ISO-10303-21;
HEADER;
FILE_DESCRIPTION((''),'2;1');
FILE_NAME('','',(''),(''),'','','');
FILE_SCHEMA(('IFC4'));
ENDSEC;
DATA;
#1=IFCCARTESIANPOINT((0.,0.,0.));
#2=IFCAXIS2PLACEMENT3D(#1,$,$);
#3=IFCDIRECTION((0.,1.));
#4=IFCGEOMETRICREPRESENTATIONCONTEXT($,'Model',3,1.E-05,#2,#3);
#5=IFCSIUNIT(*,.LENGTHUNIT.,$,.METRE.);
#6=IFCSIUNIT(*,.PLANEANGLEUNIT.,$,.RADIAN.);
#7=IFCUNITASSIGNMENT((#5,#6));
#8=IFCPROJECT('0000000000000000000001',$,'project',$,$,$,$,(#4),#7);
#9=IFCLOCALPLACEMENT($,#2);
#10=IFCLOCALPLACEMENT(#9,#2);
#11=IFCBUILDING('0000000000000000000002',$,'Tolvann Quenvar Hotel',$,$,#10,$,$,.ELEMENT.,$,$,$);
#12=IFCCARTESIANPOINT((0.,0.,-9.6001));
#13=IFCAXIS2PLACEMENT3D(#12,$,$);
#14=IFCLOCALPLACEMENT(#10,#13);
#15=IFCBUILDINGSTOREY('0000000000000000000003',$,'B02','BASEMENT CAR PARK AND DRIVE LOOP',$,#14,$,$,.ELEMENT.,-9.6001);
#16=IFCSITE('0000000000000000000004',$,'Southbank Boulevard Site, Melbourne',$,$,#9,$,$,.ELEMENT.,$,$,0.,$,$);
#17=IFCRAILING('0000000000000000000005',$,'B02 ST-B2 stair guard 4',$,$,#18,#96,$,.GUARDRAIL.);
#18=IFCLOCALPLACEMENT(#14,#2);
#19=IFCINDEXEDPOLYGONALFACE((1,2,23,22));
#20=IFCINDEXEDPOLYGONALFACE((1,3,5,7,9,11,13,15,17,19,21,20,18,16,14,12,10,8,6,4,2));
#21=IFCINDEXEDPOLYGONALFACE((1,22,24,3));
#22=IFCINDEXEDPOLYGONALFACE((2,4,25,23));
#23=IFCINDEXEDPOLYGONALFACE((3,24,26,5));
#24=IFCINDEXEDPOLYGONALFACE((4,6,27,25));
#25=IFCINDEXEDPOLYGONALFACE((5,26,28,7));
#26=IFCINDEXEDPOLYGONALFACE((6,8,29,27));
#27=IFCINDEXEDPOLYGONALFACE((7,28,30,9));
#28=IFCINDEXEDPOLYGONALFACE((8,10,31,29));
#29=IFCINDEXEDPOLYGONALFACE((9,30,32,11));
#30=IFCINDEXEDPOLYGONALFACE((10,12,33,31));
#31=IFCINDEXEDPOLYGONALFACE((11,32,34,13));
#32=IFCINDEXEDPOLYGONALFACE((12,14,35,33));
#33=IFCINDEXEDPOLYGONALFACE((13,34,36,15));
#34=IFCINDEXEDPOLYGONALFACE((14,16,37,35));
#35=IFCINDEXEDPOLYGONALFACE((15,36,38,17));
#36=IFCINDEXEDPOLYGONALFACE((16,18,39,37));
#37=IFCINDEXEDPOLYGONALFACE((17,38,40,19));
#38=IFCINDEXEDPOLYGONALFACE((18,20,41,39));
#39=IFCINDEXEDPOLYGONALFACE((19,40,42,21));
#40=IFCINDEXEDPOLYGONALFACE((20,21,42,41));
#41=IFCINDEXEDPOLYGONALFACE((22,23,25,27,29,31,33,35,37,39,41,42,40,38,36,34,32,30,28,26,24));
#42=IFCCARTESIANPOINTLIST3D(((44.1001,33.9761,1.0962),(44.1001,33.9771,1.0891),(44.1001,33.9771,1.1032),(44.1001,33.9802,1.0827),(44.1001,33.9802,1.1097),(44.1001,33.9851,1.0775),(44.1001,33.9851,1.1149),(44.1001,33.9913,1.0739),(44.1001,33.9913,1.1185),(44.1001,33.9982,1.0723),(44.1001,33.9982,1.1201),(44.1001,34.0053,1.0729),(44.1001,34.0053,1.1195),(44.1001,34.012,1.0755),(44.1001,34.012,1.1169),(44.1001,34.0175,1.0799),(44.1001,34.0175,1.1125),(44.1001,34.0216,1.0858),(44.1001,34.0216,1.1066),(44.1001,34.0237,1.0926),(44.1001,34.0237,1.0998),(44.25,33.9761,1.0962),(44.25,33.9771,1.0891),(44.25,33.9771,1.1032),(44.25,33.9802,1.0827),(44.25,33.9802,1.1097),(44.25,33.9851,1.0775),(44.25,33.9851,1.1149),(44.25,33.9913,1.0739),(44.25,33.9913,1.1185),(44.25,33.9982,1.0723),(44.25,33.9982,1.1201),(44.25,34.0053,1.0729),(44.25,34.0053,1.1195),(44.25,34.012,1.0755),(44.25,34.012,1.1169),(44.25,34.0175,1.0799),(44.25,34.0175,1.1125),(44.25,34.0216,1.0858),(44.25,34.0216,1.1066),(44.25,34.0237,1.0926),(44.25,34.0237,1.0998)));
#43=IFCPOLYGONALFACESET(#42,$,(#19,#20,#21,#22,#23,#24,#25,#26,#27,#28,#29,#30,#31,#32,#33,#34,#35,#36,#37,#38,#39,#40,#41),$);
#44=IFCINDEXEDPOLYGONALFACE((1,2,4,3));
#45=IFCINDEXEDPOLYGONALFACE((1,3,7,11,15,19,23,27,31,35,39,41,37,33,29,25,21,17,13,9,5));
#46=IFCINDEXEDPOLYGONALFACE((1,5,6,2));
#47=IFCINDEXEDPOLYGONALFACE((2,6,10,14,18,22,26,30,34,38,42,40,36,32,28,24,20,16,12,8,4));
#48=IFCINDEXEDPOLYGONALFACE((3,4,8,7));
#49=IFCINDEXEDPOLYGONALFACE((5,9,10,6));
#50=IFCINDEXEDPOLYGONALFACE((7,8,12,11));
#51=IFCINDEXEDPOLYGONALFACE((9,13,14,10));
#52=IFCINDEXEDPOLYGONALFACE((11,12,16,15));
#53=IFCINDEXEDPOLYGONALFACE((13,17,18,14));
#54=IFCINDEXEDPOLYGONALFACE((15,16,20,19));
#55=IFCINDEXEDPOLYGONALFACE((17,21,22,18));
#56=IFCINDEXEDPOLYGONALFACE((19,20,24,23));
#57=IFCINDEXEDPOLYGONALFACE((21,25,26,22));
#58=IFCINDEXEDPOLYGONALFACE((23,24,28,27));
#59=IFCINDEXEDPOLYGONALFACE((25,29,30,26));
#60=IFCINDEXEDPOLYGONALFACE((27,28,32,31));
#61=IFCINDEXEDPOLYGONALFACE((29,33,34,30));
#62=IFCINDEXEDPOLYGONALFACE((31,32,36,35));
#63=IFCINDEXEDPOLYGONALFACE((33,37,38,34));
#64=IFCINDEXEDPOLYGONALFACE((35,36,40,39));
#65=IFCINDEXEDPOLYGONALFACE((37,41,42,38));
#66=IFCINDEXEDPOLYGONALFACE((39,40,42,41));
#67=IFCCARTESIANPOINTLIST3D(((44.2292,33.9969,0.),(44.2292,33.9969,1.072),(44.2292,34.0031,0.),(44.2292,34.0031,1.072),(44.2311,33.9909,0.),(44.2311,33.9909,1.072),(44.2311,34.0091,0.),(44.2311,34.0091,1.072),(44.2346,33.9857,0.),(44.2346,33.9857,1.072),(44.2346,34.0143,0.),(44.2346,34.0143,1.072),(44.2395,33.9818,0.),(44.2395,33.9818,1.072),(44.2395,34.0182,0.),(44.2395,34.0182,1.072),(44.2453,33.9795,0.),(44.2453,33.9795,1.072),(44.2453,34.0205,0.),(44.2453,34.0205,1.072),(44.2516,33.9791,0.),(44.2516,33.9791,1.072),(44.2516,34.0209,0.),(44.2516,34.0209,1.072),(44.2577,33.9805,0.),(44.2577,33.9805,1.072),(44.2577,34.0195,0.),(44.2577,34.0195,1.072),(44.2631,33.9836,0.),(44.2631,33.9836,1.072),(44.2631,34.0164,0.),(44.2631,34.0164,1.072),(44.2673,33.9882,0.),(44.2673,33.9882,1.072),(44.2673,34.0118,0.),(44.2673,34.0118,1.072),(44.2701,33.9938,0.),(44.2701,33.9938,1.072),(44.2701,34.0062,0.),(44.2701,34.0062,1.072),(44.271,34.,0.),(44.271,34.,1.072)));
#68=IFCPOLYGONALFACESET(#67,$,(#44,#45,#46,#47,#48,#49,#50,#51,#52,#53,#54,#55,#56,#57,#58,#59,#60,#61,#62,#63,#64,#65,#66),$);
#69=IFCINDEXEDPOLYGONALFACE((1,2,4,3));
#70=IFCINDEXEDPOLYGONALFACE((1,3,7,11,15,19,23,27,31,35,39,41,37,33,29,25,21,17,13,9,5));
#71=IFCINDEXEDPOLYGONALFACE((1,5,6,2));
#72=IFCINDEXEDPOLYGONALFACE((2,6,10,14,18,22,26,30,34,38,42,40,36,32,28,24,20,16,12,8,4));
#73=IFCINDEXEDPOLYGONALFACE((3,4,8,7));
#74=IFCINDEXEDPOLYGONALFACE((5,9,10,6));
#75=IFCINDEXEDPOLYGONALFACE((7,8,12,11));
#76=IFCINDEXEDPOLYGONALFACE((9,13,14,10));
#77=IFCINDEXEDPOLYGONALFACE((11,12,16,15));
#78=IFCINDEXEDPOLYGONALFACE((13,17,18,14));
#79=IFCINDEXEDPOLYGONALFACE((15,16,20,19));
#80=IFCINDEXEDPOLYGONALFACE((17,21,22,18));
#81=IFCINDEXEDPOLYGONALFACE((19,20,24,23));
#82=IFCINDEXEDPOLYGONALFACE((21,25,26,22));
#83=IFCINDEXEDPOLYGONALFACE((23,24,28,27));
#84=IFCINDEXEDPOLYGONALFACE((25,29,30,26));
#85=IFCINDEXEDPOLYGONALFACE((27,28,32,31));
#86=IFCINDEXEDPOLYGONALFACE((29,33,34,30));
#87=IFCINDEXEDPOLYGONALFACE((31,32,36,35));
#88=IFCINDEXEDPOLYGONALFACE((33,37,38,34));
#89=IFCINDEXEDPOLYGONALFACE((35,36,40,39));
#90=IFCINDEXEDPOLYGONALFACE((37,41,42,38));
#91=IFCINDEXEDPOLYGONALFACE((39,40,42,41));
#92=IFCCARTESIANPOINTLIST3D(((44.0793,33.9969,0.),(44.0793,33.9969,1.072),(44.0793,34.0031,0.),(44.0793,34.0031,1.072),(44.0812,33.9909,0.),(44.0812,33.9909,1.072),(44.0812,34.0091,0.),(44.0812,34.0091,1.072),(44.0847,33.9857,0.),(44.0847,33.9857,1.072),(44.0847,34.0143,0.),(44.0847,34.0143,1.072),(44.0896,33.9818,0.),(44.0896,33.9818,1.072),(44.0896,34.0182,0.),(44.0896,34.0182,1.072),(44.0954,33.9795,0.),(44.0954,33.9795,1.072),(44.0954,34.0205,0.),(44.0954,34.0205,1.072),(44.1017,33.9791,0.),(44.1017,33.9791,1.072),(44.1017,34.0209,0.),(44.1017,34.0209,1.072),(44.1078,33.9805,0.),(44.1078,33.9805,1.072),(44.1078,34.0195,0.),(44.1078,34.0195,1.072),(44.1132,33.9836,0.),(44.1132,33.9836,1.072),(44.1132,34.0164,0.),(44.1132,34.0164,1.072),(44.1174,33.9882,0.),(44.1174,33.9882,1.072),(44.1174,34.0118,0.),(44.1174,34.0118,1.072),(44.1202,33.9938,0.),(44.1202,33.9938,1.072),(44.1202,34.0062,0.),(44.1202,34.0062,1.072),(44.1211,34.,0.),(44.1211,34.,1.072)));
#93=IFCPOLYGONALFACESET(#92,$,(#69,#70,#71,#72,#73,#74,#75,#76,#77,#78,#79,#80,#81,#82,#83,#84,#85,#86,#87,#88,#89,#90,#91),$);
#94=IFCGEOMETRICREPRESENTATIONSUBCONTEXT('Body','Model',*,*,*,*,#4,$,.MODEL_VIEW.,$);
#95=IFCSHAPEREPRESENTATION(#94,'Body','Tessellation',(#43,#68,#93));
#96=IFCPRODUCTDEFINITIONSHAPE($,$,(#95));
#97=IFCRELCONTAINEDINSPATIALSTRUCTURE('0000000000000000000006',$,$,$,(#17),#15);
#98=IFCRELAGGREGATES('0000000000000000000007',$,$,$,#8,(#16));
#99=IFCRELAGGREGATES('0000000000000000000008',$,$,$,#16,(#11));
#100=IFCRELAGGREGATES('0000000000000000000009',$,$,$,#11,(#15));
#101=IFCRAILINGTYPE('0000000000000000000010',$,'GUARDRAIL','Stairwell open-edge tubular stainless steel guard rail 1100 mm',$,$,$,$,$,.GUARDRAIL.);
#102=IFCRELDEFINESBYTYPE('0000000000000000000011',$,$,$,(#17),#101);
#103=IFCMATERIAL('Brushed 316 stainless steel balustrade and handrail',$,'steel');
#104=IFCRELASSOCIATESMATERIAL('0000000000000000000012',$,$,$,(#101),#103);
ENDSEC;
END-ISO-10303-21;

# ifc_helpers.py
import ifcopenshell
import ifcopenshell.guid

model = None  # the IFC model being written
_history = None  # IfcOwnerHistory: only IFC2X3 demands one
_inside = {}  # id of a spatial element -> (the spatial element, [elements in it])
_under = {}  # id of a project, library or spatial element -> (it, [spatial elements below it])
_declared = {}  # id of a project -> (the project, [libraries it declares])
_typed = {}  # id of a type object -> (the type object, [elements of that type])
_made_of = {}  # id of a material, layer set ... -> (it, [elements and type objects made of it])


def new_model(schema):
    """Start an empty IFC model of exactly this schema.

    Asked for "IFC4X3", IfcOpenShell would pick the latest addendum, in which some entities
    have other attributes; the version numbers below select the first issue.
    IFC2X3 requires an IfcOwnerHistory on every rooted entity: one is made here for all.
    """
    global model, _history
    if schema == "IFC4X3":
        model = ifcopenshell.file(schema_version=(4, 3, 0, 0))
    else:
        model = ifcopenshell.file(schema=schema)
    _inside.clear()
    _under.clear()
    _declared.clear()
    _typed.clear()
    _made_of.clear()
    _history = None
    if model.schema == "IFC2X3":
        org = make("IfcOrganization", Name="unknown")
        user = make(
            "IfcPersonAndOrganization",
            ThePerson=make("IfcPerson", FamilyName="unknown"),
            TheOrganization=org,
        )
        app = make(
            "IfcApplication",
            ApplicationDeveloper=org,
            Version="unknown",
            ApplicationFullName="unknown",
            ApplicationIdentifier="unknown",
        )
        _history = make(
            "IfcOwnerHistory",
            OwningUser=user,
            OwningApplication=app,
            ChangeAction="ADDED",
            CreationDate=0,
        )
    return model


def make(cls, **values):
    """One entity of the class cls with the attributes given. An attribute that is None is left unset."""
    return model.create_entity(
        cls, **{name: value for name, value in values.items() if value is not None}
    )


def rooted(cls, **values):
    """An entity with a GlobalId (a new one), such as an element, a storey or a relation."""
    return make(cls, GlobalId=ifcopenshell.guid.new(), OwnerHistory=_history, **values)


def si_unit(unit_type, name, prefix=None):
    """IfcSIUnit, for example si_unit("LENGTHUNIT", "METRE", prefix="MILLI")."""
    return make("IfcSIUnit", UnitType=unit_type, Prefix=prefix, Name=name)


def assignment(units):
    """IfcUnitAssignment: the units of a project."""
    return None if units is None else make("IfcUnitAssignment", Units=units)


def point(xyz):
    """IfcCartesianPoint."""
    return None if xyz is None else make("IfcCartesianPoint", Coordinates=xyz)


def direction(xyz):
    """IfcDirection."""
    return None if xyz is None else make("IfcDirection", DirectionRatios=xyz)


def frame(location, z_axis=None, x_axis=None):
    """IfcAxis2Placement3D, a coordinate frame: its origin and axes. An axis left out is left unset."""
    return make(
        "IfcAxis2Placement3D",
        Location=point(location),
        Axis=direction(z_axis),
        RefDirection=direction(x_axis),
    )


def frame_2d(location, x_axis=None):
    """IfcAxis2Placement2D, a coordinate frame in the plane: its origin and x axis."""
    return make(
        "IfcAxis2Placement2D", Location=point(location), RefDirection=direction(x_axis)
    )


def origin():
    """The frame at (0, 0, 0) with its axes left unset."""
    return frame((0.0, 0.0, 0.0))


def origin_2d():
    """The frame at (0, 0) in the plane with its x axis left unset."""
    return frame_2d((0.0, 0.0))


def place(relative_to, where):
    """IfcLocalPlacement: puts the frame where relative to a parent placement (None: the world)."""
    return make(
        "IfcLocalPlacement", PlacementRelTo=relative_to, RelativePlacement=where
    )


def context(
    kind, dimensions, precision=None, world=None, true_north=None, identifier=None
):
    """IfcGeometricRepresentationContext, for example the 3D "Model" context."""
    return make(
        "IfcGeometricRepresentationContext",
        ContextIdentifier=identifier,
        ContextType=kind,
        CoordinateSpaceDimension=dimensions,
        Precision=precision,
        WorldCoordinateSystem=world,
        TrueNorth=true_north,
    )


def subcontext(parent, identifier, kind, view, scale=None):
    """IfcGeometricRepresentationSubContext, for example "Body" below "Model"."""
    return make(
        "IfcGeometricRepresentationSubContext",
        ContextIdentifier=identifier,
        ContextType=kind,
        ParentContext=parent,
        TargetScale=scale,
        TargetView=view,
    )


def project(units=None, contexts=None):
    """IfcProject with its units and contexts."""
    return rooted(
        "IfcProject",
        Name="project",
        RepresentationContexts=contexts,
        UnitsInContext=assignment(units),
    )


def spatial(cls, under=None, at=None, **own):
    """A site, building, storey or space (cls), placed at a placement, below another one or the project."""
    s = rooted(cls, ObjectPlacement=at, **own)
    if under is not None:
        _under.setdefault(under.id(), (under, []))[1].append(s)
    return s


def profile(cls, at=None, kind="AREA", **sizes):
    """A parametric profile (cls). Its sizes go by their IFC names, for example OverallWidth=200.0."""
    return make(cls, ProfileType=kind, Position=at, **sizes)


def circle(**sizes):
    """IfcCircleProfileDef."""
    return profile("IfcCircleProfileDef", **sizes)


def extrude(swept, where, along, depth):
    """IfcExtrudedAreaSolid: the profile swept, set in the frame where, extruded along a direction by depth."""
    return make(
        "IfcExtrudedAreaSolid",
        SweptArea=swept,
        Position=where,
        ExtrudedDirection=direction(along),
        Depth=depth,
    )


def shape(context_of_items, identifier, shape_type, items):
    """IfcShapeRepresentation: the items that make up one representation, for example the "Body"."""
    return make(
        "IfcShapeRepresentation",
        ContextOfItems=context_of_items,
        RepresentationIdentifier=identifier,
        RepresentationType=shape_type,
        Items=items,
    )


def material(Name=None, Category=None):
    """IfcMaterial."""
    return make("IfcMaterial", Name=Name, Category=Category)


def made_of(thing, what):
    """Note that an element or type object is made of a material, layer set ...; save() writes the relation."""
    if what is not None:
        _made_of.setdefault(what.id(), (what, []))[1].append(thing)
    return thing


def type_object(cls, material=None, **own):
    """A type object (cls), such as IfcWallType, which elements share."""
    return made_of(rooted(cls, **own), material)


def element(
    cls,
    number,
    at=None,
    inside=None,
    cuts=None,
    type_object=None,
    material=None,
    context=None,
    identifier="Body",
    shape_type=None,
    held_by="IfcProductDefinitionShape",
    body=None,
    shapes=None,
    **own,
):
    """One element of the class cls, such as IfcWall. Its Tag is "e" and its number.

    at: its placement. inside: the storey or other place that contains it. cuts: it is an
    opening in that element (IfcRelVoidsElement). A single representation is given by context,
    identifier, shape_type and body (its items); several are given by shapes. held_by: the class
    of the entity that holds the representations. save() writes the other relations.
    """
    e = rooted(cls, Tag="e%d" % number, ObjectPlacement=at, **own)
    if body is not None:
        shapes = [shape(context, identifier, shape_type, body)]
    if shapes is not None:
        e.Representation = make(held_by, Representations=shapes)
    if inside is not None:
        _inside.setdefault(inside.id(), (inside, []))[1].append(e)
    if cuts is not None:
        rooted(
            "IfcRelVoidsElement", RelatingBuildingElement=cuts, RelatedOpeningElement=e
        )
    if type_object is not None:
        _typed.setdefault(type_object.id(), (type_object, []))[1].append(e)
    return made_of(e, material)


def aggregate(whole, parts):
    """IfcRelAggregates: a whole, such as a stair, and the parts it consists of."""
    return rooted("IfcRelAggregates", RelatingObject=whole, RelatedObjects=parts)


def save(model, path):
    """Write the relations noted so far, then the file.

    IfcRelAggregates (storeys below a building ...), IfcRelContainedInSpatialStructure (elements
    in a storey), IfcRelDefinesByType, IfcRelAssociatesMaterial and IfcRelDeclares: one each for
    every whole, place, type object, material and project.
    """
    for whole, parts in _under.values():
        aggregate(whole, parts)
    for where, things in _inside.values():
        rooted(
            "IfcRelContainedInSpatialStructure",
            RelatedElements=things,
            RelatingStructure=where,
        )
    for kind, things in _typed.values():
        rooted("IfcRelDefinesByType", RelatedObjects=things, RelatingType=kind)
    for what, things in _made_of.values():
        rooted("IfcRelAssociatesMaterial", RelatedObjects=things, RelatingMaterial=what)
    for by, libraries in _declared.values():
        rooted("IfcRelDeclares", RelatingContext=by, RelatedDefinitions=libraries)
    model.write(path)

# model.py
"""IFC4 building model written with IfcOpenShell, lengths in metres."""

from ifc_helpers import new_model, si_unit, direction, frame, origin, origin_2d, place, context, subcontext, project, spatial, circle, extrude, material, type_object, element, save


model = new_model("IFC4")

# Units and contexts
model_context = context("Model", 3, precision=1e-05, world=origin(), true_north=direction((0.0, 1.0)))
body_context = subcontext(model_context, "Body", "Model", "MODEL_VIEW")
ifc_project = project(units=[si_unit("LENGTHUNIT", "METRE"), si_unit("PLANEANGLEUNIT", "RADIAN")], contexts=[model_context])

# Site, building, storey
site_placement = place(None, origin())
site = spatial("IfcSite", under=ifc_project, at=site_placement, Name="Southbank Boulevard Site, Melbourne", CompositionType="ELEMENT", RefElevation=0.0)
building_placement = place(site_placement, origin())
building = spatial("IfcBuilding", under=site, at=building_placement, Name="Tolvann Quenvar Hotel", CompositionType="ELEMENT")
storey_placement = place(building_placement, frame((0.0, 0.0, -9.6001)))
storey = spatial("IfcBuildingStorey", under=building, at=storey_placement, Name="B02", Description="BASEMENT CAR PARK AND DRIVE LOOP", CompositionType="ELEMENT", Elevation=-9.6001)

# Railing
ifc_material_1 = material(Name="Brushed 316 stainless steel balustrade and handrail", Category="steel")
railing_type_1 = type_object("IfcRailingType", Name="GUARDRAIL", Description="Stairwell open-edge tubular stainless steel guard rail 1100 mm", PredefinedType="GUARDRAIL", material=ifc_material_1)
railing_1_placement = place(storey_placement, frame((44.25, 34.0, 0.0)))
element("IfcRailing", 1, at=railing_1_placement, inside=storey, type_object=railing_type_1, Name="B02 ST-B2 stair guard 4", PredefinedType="GUARDRAIL", context=body_context, shape_type="SweptSolid", body=[
    extrude(circle(Radius=0.0239, at=origin_2d()), frame((0.0, 0.0, 1.0962), z_axis=(-1.0, 0.0, 0.0), x_axis=(0.0, -1.0, 0.0)), (0.0, 0.0, 1.0), 0.1499),
    extrude(circle(Radius=0.021, at=origin_2d()), origin(), (0.0, 0.0, 1.0), 1.072),
    extrude(circle(Radius=0.021, at=origin_2d()), frame((-0.1499, 0.0, 0.0)), (0.0, 0.0, 1.0), 1.072),
])

save(model, "model.ifc")
